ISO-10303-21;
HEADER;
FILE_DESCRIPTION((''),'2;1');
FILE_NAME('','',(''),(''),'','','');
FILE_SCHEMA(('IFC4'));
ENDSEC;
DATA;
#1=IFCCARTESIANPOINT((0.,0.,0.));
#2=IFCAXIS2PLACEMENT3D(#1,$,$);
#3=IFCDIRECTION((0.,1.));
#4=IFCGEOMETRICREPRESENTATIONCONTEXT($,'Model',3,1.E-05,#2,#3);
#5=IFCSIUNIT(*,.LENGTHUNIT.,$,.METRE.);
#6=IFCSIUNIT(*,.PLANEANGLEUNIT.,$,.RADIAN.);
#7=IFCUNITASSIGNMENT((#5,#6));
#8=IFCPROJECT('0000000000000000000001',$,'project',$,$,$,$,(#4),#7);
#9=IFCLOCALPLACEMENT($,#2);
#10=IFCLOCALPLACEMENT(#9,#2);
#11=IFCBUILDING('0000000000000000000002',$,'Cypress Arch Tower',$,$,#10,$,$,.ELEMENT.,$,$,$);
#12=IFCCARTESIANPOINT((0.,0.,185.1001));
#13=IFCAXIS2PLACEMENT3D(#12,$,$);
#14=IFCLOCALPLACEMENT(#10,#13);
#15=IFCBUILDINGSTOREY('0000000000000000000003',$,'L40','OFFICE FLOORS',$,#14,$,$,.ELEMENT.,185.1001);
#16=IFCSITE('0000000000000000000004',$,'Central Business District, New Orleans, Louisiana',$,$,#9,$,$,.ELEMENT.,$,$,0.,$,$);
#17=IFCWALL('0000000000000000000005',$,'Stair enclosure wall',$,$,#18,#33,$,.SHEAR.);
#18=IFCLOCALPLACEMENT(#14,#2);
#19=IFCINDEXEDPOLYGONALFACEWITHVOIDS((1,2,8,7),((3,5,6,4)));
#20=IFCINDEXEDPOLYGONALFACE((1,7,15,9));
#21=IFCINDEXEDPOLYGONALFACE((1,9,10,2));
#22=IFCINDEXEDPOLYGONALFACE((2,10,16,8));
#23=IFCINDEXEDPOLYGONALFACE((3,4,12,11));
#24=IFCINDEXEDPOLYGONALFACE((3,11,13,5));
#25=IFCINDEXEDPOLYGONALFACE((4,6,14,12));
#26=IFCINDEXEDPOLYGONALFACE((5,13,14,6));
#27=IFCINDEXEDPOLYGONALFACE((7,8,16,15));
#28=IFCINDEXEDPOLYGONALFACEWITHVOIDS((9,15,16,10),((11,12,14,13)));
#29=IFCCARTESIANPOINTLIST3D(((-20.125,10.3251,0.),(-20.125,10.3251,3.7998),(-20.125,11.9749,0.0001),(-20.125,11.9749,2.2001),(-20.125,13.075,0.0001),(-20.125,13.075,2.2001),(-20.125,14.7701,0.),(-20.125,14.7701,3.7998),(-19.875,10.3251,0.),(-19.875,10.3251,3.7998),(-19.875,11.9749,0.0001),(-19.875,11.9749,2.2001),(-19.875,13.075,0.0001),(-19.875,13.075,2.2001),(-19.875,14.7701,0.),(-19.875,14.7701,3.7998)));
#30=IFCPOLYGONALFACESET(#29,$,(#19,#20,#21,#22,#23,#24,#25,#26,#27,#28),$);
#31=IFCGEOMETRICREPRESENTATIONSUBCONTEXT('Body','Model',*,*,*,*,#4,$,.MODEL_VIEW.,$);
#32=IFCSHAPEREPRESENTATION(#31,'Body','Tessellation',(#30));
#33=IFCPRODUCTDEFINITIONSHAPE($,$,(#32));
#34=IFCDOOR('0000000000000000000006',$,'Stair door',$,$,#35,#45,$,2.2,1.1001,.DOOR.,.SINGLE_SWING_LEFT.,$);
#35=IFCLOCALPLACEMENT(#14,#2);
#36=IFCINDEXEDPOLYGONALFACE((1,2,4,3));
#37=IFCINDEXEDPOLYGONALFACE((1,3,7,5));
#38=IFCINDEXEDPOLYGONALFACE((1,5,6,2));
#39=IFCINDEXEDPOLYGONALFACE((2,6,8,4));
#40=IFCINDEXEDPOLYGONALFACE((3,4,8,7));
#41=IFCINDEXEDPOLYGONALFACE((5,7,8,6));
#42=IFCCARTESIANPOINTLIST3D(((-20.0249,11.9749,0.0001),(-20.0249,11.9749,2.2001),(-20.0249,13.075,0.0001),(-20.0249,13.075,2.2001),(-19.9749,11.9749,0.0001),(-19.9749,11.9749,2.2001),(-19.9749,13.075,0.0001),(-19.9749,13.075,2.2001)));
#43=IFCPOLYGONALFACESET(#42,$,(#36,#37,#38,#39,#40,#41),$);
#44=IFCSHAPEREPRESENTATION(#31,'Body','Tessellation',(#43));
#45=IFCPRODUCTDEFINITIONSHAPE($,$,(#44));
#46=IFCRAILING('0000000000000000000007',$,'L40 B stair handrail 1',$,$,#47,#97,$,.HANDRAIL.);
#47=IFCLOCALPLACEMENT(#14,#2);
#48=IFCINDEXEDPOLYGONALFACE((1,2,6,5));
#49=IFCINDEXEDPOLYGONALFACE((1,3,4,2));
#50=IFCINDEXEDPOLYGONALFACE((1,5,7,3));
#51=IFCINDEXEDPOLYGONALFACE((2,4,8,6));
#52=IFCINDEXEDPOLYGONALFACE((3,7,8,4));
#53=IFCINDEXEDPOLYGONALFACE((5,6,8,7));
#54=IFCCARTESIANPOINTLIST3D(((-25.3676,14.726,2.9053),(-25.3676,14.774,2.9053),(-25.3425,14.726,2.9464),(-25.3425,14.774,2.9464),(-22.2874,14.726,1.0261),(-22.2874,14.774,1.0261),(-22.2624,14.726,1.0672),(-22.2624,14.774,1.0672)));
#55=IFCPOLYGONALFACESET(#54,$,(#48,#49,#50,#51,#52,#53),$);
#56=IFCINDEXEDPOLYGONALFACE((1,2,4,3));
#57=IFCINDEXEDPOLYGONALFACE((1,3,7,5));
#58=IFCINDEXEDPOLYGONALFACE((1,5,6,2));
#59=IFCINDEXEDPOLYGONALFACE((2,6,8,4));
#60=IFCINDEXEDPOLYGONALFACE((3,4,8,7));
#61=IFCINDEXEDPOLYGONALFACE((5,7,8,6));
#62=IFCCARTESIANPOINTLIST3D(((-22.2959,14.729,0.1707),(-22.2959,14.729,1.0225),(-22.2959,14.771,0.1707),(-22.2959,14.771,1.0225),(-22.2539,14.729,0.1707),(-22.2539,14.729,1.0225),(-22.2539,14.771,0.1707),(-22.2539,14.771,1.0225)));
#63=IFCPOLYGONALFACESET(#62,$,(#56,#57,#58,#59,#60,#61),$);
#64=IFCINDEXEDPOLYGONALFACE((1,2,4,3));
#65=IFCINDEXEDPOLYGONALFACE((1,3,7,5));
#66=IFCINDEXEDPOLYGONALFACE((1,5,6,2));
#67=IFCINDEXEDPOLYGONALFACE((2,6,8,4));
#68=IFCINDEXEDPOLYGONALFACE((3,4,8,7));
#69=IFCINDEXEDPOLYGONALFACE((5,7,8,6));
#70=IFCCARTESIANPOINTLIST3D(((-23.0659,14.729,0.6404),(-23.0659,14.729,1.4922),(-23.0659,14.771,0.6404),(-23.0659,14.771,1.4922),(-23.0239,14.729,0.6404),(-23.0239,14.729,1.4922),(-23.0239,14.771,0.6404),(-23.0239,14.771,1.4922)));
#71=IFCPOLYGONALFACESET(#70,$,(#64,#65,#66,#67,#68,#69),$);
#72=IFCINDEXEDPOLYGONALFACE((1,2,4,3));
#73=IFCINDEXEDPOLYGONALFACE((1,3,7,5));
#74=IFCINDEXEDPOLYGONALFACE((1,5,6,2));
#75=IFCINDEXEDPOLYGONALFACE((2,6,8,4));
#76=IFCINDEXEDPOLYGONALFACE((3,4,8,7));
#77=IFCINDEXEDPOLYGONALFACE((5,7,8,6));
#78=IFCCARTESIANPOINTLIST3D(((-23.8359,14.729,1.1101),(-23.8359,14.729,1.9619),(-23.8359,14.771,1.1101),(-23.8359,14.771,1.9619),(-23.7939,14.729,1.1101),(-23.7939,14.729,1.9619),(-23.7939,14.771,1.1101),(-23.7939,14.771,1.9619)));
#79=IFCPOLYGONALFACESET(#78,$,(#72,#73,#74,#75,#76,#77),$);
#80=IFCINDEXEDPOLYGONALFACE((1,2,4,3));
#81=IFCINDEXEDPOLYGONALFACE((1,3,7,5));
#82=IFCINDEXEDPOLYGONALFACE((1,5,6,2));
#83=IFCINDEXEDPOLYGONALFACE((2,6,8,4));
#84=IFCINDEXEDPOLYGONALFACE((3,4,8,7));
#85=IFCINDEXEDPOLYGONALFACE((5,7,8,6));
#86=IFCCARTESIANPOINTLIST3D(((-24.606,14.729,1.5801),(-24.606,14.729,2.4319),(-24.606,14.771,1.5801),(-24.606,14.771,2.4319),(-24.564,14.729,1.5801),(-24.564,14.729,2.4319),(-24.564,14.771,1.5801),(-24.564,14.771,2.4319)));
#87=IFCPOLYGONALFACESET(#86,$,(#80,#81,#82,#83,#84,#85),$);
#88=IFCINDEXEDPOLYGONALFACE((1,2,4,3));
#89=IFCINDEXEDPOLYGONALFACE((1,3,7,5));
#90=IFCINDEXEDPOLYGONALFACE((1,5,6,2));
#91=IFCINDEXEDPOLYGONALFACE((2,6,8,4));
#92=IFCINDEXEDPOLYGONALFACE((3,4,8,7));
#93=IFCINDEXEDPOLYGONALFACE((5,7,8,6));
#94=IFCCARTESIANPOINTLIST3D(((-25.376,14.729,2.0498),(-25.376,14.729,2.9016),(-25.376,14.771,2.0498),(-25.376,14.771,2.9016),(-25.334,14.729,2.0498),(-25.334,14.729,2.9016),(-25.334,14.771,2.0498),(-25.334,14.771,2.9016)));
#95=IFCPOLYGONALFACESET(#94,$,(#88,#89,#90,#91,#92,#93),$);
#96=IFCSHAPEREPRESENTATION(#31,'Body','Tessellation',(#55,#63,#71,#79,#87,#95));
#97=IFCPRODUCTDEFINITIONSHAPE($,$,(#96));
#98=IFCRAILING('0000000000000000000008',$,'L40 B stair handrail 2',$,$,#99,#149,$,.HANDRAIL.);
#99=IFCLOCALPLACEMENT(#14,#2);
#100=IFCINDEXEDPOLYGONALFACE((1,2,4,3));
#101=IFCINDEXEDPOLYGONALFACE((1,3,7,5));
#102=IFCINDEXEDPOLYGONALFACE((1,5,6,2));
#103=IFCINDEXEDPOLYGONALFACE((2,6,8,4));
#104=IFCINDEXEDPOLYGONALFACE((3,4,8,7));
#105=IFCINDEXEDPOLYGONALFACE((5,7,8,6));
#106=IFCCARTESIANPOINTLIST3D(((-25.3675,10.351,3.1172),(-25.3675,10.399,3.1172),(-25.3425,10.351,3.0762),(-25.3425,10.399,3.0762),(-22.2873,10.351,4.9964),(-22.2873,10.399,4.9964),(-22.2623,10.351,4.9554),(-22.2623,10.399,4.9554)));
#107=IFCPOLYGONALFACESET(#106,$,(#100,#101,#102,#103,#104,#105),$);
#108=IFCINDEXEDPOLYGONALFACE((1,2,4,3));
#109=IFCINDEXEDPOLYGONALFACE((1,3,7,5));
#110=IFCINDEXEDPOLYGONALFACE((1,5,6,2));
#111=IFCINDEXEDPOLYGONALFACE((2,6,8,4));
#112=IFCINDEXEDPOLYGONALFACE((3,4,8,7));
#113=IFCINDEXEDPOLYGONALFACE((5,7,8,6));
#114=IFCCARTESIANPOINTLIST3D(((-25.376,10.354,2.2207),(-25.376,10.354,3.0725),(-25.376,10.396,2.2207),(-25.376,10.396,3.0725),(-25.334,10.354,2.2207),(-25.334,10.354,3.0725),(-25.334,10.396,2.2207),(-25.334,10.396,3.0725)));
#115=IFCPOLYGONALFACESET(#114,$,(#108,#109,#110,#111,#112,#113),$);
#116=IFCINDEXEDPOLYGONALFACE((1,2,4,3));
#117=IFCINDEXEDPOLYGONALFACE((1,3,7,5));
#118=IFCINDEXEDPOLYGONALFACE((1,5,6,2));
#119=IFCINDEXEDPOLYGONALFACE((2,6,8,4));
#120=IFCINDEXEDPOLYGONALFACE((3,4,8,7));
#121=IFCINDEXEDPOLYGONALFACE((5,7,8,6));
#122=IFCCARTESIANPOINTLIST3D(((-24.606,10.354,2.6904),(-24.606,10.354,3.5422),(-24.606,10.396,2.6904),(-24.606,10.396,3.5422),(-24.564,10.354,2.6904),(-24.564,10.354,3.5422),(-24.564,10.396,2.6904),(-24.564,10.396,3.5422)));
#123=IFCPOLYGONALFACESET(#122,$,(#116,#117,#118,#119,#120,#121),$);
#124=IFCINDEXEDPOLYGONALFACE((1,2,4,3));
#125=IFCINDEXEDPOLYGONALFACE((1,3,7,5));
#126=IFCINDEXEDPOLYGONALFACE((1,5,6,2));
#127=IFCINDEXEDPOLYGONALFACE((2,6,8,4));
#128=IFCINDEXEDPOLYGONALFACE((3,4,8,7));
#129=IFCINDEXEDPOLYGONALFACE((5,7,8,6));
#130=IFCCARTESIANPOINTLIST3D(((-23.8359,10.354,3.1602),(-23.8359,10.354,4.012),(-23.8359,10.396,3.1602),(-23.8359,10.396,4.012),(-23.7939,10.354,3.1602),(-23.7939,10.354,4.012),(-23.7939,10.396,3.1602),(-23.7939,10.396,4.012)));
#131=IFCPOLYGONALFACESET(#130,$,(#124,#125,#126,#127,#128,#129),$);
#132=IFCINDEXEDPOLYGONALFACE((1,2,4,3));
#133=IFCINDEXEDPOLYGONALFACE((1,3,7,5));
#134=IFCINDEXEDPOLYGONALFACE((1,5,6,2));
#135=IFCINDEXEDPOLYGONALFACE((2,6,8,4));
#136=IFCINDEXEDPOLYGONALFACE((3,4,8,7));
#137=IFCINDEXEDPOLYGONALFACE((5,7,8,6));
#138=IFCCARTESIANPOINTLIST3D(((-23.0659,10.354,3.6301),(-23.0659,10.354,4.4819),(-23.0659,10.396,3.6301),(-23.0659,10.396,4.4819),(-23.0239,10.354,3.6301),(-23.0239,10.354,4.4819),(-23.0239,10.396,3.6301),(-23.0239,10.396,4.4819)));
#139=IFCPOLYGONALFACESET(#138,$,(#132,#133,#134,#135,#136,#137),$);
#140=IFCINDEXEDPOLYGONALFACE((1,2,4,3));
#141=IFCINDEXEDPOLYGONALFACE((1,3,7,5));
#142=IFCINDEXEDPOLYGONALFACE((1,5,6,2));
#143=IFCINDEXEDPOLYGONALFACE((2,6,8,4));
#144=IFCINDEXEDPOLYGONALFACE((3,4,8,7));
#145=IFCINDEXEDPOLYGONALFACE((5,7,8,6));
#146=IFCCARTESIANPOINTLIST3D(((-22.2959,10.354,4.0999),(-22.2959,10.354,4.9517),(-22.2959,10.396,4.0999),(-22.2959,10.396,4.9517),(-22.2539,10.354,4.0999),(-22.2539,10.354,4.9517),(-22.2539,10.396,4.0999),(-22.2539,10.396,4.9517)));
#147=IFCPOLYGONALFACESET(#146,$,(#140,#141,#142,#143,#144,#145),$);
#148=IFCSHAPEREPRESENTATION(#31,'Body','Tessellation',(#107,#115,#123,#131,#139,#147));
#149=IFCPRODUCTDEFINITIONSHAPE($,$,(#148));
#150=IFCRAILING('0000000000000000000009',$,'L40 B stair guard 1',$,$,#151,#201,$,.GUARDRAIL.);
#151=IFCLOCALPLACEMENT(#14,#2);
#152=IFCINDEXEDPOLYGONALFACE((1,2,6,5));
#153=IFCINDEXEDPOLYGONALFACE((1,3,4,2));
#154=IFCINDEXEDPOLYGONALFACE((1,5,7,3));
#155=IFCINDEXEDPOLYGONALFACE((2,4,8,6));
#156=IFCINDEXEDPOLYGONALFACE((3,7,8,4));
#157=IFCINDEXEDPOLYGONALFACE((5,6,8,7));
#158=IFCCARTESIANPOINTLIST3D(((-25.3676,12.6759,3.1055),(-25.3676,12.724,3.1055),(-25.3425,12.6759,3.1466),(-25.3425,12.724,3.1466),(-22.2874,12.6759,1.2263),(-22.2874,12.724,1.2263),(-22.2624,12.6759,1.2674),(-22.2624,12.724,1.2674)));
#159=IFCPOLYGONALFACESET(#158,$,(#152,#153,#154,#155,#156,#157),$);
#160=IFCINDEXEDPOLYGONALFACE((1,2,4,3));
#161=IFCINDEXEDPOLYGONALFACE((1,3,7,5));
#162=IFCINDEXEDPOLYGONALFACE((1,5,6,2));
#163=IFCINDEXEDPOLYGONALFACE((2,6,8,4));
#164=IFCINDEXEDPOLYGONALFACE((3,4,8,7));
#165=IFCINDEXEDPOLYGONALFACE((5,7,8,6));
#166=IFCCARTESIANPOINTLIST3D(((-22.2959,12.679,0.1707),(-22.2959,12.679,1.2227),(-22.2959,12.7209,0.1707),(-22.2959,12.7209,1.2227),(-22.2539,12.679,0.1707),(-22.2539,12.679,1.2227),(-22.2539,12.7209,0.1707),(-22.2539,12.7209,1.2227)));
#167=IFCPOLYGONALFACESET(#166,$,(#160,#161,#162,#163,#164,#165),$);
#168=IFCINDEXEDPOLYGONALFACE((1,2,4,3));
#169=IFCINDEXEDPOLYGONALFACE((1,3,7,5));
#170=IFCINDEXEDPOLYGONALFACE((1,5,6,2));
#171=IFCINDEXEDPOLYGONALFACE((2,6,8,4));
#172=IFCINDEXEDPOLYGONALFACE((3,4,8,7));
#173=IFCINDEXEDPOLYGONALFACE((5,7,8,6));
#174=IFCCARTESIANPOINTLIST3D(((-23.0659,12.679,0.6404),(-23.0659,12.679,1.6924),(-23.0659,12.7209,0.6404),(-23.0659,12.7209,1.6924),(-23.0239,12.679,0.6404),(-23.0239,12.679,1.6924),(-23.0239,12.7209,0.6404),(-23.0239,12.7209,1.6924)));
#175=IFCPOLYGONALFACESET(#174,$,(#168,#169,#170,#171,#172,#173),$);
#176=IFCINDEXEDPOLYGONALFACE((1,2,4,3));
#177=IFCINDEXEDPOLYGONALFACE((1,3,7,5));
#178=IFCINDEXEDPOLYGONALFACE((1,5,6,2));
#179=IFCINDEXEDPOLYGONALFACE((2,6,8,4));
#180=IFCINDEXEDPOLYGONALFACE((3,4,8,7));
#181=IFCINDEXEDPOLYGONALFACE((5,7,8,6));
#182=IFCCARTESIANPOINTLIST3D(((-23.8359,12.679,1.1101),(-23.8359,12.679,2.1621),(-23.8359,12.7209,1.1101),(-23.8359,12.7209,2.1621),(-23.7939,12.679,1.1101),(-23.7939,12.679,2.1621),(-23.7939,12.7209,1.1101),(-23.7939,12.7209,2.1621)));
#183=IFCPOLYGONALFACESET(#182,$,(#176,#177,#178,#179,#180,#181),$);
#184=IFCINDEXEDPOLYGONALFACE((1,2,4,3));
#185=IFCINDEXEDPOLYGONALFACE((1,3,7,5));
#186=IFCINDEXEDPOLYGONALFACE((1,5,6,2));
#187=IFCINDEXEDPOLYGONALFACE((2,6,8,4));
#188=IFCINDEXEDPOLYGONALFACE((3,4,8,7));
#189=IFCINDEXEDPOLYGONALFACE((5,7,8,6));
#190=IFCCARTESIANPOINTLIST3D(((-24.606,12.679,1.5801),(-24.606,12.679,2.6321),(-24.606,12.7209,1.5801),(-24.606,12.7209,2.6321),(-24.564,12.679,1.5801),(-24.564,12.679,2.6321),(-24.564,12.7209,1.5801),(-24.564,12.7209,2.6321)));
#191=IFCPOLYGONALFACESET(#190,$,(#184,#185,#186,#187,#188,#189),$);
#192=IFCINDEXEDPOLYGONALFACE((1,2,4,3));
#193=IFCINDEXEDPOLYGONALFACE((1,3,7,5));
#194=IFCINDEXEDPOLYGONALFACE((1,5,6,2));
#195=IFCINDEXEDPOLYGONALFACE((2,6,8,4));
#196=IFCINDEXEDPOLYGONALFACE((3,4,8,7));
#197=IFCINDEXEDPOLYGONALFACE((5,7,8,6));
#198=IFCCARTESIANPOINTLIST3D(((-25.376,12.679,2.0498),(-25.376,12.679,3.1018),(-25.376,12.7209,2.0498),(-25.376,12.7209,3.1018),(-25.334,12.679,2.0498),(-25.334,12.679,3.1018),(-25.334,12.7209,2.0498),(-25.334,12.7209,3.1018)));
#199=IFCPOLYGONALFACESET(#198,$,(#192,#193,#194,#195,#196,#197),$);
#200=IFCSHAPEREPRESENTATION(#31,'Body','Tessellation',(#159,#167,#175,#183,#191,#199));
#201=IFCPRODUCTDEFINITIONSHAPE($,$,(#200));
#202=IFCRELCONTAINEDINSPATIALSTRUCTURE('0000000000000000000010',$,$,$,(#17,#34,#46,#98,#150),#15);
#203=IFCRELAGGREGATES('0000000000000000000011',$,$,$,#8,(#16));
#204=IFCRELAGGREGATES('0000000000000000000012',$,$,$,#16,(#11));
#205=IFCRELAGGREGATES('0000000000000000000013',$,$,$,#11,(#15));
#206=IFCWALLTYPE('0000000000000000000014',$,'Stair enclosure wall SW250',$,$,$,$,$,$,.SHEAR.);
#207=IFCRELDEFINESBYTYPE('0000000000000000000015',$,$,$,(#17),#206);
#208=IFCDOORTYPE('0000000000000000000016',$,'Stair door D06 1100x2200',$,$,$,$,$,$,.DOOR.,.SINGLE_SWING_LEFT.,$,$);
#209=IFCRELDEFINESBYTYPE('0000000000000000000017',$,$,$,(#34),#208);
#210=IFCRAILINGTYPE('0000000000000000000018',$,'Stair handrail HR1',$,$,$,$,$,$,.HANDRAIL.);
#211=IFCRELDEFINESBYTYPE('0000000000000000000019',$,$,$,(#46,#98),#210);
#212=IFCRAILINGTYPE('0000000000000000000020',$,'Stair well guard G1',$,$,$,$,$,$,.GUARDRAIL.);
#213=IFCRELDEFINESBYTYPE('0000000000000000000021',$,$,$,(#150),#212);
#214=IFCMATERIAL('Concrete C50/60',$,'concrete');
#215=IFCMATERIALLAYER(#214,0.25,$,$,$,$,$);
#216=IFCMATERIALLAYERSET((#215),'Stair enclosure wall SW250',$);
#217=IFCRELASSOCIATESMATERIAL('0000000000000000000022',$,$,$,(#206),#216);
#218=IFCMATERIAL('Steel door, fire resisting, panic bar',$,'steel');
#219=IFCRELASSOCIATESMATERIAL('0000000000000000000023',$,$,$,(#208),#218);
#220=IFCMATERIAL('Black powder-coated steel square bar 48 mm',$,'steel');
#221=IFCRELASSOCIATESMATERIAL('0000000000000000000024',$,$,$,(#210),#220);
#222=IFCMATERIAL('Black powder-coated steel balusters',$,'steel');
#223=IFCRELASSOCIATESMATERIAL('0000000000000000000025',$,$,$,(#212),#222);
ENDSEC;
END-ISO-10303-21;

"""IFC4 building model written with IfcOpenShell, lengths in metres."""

from ifc_helpers import new_model, si_unit, direction, frame, frame_2d, origin, origin_2d, place, context, subcontext, project, spatial, rectangle, extrude, material, layer, layer_set, type_object, element, fill, save


model = new_model("IFC4")

# Units and contexts
model_context = context("Model", 3, precision=1e-05, world=origin(), true_north=direction((0.0, 1.0)))
body_context = subcontext(model_context, "Body", "Model", "MODEL_VIEW")
ifc_project = project(units=[si_unit("LENGTHUNIT", "METRE"), si_unit("PLANEANGLEUNIT", "RADIAN")], contexts=[model_context])

# Site, building, storey
site_placement = place(None, origin())
site = spatial("IfcSite", under=ifc_project, at=site_placement, Name="Central Business District, New Orleans, Louisiana", CompositionType="ELEMENT", RefElevation=0.0)
building_placement = place(site_placement, origin())
building = spatial("IfcBuilding", under=site, at=building_placement, Name="Cypress Arch Tower", CompositionType="ELEMENT")
storey_placement = place(building_placement, frame((0.0, 0.0, 185.1001)))
storey = spatial("IfcBuildingStorey", under=building, at=storey_placement, Name="L40", Description="OFFICE FLOORS", CompositionType="ELEMENT", Elevation=185.1001)

# Wall, opening, door
ifc_material_1 = material(Name="Concrete C50/60", Category="concrete")
ifc_layer_1 = layer(ifc_material_1, 0.25)
ifc_layer_set_1 = layer_set([ifc_layer_1], Name="Stair enclosure wall SW250")
wall_type_1 = type_object("IfcWallType", Name="Stair enclosure wall SW250", PredefinedType="SHEAR", material=ifc_layer_set_1)
wall_1_placement = place(storey_placement, frame((-20.0, 10.325, 0.0), z_axis=(0.0, 0.0, 1.0), x_axis=(0.0, 1.0, 0.0)))
wall_1 = element("IfcWall", 1, at=wall_1_placement, inside=storey, type_object=wall_type_1, Name="Stair enclosure wall", PredefinedType="SHEAR", context=body_context, shape_type="SweptSolid", body=[
    extrude(rectangle(XDim=4.4451, YDim=0.25, at=frame_2d((2.2227, 0.0))), origin(), (0.0, 0.0, 1.0), 3.7998),
])
opening_1_placement = place(wall_1_placement, frame((1.6499, 0.0, 0.0)))
opening_1 = element("IfcOpeningElement", 2, at=opening_1_placement, cuts=wall_1, PredefinedType="OPENING", context=body_context, shape_type="SweptSolid", body=[
    extrude(rectangle(XDim=1.1001, YDim=2.2, at=frame_2d((0.55, 1.1001))), frame((0.0, 0.135, 0.0), z_axis=(0.0, -1.0, 0.0), x_axis=(1.0, 0.0, 0.0)), (0.0, 0.0, 1.0), 0.27),
])
ifc_material_2 = material(Name="Steel door, fire resisting, panic bar", Category="steel")
door_type_1 = type_object("IfcDoorType", Name="Stair door D06 1100x2200", OperationType="SINGLE_SWING_LEFT", PredefinedType="DOOR", material=ifc_material_2)
door_1_placement = place(opening_1_placement, origin())
door_1 = element("IfcDoor", 3, at=door_1_placement, inside=storey, type_object=door_type_1, Name="Stair door", OperationType="SINGLE_SWING_LEFT", OverallHeight=2.2, OverallWidth=1.1001, PredefinedType="DOOR", context=body_context, shape_type="SweptSolid", body=[
    extrude(rectangle(XDim=1.1001, YDim=2.2, at=frame_2d((0.55, 1.1001))), frame((0.0, 0.0249, 0.0), z_axis=(0.0, -1.0, 0.0), x_axis=(1.0, 0.0, 0.0)), (0.0, 0.0, 1.0), 0.05),
])
fill(opening_1, door_1)

# Railings
ifc_material_3 = material(Name="Black powder-coated steel square bar 48 mm", Category="steel")
railing_type_1 = type_object("IfcRailingType", Name="Stair handrail HR1", PredefinedType="HANDRAIL", material=ifc_material_3)
railing_1_placement = place(storey_placement, frame((-22.2749, 14.75, 0.1707)))
element("IfcRailing", 4, at=railing_1_placement, inside=storey, type_object=railing_type_1, Name="L40 B stair handrail 1", PredefinedType="HANDRAIL", context=body_context, shape_type="SweptSolid", body=[
    extrude(rectangle(XDim=0.0481, YDim=0.0481, at=origin_2d()), frame((0.0, 0.0, 0.876), z_axis=(-0.853666, 0.0, 0.52082), x_axis=(0.0, -1.0, 0.0)), (0.0, 0.0, 1.0), 3.6082),
    extrude(rectangle(XDim=0.042, YDim=0.042, at=origin_2d()), origin(), (0.0, 0.0, 1.0), 0.8518),
    extrude(rectangle(XDim=0.042, YDim=0.042, at=origin_2d()), frame((-0.77, 0.0, 0.4697)), (0.0, 0.0, 1.0), 0.8518),
    extrude(rectangle(XDim=0.042, YDim=0.042, at=origin_2d()), frame((-1.54, 0.0, 0.9395)), (0.0, 0.0, 1.0), 0.8518),
    extrude(rectangle(XDim=0.042, YDim=0.042, at=origin_2d()), frame((-2.3101, 0.0, 1.4094)), (0.0, 0.0, 1.0), 0.8518),
    extrude(rectangle(XDim=0.042, YDim=0.042, at=origin_2d()), frame((-3.0801, 0.0, 1.8792)), (0.0, 0.0, 1.0), 0.8518),
])
railing_2_placement = place(storey_placement, frame((-25.355, 10.375, 2.2207)))
element("IfcRailing", 5, at=railing_2_placement, inside=storey, type_object=railing_type_1, Name="L40 B stair handrail 2", PredefinedType="HANDRAIL", context=body_context, shape_type="SweptSolid", body=[
    extrude(rectangle(XDim=0.0481, YDim=0.0481, at=origin_2d()), frame((0.0, 0.0, 0.876), z_axis=(0.853666, 0.0, 0.52082), x_axis=(0.0, 1.0, 0.0)), (0.0, 0.0, 1.0), 3.6082),
    extrude(rectangle(XDim=0.042, YDim=0.042, at=origin_2d()), origin(), (0.0, 0.0, 1.0), 0.8518),
    extrude(rectangle(XDim=0.042, YDim=0.042, at=origin_2d()), frame((0.77, 0.0, 0.4697)), (0.0, 0.0, 1.0), 0.8518),
    extrude(rectangle(XDim=0.042, YDim=0.042, at=origin_2d()), frame((1.54, 0.0, 0.9395)), (0.0, 0.0, 1.0), 0.8518),
    extrude(rectangle(XDim=0.042, YDim=0.042, at=origin_2d()), frame((2.3101, 0.0, 1.4094)), (0.0, 0.0, 1.0), 0.8518),
    extrude(rectangle(XDim=0.042, YDim=0.042, at=origin_2d()), frame((3.0801, 0.0, 1.8792)), (0.0, 0.0, 1.0), 0.8518),
])
ifc_material_4 = material(Name="Black powder-coated steel balusters", Category="steel")
railing_type_2 = type_object("IfcRailingType", Name="Stair well guard G1", PredefinedType="GUARDRAIL", material=ifc_material_4)
railing_3_placement = place(storey_placement, frame((-22.2749, 12.7, 0.1707)))
element("IfcRailing", 6, at=railing_3_placement, inside=storey, type_object=railing_type_2, Name="L40 B stair guard 1", PredefinedType="GUARDRAIL", context=body_context, shape_type="SweptSolid", body=[
    extrude(rectangle(XDim=0.0481, YDim=0.0481, at=origin_2d()), frame((0.0, 0.0, 1.0762), z_axis=(-0.853666, 0.0, 0.52082), x_axis=(0.0, -1.0, 0.0)), (0.0, 0.0, 1.0), 3.6082),
    extrude(rectangle(XDim=0.042, YDim=0.042, at=origin_2d()), origin(), (0.0, 0.0, 1.0), 1.052),
    extrude(rectangle(XDim=0.042, YDim=0.042, at=origin_2d()), frame((-0.77, 0.0, 0.4697)), (0.0, 0.0, 1.0), 1.052),
    extrude(rectangle(XDim=0.042, YDim=0.042, at=origin_2d()), frame((-1.54, 0.0, 0.9395)), (0.0, 0.0, 1.0), 1.052),
    extrude(rectangle(XDim=0.042, YDim=0.042, at=origin_2d()), frame((-2.3101, 0.0, 1.4094)), (0.0, 0.0, 1.0), 1.052),
    extrude(rectangle(XDim=0.042, YDim=0.042, at=origin_2d()), frame((-3.0801, 0.0, 1.8792)), (0.0, 0.0, 1.0), 1.052),
])

save(model, "model.ifc")
